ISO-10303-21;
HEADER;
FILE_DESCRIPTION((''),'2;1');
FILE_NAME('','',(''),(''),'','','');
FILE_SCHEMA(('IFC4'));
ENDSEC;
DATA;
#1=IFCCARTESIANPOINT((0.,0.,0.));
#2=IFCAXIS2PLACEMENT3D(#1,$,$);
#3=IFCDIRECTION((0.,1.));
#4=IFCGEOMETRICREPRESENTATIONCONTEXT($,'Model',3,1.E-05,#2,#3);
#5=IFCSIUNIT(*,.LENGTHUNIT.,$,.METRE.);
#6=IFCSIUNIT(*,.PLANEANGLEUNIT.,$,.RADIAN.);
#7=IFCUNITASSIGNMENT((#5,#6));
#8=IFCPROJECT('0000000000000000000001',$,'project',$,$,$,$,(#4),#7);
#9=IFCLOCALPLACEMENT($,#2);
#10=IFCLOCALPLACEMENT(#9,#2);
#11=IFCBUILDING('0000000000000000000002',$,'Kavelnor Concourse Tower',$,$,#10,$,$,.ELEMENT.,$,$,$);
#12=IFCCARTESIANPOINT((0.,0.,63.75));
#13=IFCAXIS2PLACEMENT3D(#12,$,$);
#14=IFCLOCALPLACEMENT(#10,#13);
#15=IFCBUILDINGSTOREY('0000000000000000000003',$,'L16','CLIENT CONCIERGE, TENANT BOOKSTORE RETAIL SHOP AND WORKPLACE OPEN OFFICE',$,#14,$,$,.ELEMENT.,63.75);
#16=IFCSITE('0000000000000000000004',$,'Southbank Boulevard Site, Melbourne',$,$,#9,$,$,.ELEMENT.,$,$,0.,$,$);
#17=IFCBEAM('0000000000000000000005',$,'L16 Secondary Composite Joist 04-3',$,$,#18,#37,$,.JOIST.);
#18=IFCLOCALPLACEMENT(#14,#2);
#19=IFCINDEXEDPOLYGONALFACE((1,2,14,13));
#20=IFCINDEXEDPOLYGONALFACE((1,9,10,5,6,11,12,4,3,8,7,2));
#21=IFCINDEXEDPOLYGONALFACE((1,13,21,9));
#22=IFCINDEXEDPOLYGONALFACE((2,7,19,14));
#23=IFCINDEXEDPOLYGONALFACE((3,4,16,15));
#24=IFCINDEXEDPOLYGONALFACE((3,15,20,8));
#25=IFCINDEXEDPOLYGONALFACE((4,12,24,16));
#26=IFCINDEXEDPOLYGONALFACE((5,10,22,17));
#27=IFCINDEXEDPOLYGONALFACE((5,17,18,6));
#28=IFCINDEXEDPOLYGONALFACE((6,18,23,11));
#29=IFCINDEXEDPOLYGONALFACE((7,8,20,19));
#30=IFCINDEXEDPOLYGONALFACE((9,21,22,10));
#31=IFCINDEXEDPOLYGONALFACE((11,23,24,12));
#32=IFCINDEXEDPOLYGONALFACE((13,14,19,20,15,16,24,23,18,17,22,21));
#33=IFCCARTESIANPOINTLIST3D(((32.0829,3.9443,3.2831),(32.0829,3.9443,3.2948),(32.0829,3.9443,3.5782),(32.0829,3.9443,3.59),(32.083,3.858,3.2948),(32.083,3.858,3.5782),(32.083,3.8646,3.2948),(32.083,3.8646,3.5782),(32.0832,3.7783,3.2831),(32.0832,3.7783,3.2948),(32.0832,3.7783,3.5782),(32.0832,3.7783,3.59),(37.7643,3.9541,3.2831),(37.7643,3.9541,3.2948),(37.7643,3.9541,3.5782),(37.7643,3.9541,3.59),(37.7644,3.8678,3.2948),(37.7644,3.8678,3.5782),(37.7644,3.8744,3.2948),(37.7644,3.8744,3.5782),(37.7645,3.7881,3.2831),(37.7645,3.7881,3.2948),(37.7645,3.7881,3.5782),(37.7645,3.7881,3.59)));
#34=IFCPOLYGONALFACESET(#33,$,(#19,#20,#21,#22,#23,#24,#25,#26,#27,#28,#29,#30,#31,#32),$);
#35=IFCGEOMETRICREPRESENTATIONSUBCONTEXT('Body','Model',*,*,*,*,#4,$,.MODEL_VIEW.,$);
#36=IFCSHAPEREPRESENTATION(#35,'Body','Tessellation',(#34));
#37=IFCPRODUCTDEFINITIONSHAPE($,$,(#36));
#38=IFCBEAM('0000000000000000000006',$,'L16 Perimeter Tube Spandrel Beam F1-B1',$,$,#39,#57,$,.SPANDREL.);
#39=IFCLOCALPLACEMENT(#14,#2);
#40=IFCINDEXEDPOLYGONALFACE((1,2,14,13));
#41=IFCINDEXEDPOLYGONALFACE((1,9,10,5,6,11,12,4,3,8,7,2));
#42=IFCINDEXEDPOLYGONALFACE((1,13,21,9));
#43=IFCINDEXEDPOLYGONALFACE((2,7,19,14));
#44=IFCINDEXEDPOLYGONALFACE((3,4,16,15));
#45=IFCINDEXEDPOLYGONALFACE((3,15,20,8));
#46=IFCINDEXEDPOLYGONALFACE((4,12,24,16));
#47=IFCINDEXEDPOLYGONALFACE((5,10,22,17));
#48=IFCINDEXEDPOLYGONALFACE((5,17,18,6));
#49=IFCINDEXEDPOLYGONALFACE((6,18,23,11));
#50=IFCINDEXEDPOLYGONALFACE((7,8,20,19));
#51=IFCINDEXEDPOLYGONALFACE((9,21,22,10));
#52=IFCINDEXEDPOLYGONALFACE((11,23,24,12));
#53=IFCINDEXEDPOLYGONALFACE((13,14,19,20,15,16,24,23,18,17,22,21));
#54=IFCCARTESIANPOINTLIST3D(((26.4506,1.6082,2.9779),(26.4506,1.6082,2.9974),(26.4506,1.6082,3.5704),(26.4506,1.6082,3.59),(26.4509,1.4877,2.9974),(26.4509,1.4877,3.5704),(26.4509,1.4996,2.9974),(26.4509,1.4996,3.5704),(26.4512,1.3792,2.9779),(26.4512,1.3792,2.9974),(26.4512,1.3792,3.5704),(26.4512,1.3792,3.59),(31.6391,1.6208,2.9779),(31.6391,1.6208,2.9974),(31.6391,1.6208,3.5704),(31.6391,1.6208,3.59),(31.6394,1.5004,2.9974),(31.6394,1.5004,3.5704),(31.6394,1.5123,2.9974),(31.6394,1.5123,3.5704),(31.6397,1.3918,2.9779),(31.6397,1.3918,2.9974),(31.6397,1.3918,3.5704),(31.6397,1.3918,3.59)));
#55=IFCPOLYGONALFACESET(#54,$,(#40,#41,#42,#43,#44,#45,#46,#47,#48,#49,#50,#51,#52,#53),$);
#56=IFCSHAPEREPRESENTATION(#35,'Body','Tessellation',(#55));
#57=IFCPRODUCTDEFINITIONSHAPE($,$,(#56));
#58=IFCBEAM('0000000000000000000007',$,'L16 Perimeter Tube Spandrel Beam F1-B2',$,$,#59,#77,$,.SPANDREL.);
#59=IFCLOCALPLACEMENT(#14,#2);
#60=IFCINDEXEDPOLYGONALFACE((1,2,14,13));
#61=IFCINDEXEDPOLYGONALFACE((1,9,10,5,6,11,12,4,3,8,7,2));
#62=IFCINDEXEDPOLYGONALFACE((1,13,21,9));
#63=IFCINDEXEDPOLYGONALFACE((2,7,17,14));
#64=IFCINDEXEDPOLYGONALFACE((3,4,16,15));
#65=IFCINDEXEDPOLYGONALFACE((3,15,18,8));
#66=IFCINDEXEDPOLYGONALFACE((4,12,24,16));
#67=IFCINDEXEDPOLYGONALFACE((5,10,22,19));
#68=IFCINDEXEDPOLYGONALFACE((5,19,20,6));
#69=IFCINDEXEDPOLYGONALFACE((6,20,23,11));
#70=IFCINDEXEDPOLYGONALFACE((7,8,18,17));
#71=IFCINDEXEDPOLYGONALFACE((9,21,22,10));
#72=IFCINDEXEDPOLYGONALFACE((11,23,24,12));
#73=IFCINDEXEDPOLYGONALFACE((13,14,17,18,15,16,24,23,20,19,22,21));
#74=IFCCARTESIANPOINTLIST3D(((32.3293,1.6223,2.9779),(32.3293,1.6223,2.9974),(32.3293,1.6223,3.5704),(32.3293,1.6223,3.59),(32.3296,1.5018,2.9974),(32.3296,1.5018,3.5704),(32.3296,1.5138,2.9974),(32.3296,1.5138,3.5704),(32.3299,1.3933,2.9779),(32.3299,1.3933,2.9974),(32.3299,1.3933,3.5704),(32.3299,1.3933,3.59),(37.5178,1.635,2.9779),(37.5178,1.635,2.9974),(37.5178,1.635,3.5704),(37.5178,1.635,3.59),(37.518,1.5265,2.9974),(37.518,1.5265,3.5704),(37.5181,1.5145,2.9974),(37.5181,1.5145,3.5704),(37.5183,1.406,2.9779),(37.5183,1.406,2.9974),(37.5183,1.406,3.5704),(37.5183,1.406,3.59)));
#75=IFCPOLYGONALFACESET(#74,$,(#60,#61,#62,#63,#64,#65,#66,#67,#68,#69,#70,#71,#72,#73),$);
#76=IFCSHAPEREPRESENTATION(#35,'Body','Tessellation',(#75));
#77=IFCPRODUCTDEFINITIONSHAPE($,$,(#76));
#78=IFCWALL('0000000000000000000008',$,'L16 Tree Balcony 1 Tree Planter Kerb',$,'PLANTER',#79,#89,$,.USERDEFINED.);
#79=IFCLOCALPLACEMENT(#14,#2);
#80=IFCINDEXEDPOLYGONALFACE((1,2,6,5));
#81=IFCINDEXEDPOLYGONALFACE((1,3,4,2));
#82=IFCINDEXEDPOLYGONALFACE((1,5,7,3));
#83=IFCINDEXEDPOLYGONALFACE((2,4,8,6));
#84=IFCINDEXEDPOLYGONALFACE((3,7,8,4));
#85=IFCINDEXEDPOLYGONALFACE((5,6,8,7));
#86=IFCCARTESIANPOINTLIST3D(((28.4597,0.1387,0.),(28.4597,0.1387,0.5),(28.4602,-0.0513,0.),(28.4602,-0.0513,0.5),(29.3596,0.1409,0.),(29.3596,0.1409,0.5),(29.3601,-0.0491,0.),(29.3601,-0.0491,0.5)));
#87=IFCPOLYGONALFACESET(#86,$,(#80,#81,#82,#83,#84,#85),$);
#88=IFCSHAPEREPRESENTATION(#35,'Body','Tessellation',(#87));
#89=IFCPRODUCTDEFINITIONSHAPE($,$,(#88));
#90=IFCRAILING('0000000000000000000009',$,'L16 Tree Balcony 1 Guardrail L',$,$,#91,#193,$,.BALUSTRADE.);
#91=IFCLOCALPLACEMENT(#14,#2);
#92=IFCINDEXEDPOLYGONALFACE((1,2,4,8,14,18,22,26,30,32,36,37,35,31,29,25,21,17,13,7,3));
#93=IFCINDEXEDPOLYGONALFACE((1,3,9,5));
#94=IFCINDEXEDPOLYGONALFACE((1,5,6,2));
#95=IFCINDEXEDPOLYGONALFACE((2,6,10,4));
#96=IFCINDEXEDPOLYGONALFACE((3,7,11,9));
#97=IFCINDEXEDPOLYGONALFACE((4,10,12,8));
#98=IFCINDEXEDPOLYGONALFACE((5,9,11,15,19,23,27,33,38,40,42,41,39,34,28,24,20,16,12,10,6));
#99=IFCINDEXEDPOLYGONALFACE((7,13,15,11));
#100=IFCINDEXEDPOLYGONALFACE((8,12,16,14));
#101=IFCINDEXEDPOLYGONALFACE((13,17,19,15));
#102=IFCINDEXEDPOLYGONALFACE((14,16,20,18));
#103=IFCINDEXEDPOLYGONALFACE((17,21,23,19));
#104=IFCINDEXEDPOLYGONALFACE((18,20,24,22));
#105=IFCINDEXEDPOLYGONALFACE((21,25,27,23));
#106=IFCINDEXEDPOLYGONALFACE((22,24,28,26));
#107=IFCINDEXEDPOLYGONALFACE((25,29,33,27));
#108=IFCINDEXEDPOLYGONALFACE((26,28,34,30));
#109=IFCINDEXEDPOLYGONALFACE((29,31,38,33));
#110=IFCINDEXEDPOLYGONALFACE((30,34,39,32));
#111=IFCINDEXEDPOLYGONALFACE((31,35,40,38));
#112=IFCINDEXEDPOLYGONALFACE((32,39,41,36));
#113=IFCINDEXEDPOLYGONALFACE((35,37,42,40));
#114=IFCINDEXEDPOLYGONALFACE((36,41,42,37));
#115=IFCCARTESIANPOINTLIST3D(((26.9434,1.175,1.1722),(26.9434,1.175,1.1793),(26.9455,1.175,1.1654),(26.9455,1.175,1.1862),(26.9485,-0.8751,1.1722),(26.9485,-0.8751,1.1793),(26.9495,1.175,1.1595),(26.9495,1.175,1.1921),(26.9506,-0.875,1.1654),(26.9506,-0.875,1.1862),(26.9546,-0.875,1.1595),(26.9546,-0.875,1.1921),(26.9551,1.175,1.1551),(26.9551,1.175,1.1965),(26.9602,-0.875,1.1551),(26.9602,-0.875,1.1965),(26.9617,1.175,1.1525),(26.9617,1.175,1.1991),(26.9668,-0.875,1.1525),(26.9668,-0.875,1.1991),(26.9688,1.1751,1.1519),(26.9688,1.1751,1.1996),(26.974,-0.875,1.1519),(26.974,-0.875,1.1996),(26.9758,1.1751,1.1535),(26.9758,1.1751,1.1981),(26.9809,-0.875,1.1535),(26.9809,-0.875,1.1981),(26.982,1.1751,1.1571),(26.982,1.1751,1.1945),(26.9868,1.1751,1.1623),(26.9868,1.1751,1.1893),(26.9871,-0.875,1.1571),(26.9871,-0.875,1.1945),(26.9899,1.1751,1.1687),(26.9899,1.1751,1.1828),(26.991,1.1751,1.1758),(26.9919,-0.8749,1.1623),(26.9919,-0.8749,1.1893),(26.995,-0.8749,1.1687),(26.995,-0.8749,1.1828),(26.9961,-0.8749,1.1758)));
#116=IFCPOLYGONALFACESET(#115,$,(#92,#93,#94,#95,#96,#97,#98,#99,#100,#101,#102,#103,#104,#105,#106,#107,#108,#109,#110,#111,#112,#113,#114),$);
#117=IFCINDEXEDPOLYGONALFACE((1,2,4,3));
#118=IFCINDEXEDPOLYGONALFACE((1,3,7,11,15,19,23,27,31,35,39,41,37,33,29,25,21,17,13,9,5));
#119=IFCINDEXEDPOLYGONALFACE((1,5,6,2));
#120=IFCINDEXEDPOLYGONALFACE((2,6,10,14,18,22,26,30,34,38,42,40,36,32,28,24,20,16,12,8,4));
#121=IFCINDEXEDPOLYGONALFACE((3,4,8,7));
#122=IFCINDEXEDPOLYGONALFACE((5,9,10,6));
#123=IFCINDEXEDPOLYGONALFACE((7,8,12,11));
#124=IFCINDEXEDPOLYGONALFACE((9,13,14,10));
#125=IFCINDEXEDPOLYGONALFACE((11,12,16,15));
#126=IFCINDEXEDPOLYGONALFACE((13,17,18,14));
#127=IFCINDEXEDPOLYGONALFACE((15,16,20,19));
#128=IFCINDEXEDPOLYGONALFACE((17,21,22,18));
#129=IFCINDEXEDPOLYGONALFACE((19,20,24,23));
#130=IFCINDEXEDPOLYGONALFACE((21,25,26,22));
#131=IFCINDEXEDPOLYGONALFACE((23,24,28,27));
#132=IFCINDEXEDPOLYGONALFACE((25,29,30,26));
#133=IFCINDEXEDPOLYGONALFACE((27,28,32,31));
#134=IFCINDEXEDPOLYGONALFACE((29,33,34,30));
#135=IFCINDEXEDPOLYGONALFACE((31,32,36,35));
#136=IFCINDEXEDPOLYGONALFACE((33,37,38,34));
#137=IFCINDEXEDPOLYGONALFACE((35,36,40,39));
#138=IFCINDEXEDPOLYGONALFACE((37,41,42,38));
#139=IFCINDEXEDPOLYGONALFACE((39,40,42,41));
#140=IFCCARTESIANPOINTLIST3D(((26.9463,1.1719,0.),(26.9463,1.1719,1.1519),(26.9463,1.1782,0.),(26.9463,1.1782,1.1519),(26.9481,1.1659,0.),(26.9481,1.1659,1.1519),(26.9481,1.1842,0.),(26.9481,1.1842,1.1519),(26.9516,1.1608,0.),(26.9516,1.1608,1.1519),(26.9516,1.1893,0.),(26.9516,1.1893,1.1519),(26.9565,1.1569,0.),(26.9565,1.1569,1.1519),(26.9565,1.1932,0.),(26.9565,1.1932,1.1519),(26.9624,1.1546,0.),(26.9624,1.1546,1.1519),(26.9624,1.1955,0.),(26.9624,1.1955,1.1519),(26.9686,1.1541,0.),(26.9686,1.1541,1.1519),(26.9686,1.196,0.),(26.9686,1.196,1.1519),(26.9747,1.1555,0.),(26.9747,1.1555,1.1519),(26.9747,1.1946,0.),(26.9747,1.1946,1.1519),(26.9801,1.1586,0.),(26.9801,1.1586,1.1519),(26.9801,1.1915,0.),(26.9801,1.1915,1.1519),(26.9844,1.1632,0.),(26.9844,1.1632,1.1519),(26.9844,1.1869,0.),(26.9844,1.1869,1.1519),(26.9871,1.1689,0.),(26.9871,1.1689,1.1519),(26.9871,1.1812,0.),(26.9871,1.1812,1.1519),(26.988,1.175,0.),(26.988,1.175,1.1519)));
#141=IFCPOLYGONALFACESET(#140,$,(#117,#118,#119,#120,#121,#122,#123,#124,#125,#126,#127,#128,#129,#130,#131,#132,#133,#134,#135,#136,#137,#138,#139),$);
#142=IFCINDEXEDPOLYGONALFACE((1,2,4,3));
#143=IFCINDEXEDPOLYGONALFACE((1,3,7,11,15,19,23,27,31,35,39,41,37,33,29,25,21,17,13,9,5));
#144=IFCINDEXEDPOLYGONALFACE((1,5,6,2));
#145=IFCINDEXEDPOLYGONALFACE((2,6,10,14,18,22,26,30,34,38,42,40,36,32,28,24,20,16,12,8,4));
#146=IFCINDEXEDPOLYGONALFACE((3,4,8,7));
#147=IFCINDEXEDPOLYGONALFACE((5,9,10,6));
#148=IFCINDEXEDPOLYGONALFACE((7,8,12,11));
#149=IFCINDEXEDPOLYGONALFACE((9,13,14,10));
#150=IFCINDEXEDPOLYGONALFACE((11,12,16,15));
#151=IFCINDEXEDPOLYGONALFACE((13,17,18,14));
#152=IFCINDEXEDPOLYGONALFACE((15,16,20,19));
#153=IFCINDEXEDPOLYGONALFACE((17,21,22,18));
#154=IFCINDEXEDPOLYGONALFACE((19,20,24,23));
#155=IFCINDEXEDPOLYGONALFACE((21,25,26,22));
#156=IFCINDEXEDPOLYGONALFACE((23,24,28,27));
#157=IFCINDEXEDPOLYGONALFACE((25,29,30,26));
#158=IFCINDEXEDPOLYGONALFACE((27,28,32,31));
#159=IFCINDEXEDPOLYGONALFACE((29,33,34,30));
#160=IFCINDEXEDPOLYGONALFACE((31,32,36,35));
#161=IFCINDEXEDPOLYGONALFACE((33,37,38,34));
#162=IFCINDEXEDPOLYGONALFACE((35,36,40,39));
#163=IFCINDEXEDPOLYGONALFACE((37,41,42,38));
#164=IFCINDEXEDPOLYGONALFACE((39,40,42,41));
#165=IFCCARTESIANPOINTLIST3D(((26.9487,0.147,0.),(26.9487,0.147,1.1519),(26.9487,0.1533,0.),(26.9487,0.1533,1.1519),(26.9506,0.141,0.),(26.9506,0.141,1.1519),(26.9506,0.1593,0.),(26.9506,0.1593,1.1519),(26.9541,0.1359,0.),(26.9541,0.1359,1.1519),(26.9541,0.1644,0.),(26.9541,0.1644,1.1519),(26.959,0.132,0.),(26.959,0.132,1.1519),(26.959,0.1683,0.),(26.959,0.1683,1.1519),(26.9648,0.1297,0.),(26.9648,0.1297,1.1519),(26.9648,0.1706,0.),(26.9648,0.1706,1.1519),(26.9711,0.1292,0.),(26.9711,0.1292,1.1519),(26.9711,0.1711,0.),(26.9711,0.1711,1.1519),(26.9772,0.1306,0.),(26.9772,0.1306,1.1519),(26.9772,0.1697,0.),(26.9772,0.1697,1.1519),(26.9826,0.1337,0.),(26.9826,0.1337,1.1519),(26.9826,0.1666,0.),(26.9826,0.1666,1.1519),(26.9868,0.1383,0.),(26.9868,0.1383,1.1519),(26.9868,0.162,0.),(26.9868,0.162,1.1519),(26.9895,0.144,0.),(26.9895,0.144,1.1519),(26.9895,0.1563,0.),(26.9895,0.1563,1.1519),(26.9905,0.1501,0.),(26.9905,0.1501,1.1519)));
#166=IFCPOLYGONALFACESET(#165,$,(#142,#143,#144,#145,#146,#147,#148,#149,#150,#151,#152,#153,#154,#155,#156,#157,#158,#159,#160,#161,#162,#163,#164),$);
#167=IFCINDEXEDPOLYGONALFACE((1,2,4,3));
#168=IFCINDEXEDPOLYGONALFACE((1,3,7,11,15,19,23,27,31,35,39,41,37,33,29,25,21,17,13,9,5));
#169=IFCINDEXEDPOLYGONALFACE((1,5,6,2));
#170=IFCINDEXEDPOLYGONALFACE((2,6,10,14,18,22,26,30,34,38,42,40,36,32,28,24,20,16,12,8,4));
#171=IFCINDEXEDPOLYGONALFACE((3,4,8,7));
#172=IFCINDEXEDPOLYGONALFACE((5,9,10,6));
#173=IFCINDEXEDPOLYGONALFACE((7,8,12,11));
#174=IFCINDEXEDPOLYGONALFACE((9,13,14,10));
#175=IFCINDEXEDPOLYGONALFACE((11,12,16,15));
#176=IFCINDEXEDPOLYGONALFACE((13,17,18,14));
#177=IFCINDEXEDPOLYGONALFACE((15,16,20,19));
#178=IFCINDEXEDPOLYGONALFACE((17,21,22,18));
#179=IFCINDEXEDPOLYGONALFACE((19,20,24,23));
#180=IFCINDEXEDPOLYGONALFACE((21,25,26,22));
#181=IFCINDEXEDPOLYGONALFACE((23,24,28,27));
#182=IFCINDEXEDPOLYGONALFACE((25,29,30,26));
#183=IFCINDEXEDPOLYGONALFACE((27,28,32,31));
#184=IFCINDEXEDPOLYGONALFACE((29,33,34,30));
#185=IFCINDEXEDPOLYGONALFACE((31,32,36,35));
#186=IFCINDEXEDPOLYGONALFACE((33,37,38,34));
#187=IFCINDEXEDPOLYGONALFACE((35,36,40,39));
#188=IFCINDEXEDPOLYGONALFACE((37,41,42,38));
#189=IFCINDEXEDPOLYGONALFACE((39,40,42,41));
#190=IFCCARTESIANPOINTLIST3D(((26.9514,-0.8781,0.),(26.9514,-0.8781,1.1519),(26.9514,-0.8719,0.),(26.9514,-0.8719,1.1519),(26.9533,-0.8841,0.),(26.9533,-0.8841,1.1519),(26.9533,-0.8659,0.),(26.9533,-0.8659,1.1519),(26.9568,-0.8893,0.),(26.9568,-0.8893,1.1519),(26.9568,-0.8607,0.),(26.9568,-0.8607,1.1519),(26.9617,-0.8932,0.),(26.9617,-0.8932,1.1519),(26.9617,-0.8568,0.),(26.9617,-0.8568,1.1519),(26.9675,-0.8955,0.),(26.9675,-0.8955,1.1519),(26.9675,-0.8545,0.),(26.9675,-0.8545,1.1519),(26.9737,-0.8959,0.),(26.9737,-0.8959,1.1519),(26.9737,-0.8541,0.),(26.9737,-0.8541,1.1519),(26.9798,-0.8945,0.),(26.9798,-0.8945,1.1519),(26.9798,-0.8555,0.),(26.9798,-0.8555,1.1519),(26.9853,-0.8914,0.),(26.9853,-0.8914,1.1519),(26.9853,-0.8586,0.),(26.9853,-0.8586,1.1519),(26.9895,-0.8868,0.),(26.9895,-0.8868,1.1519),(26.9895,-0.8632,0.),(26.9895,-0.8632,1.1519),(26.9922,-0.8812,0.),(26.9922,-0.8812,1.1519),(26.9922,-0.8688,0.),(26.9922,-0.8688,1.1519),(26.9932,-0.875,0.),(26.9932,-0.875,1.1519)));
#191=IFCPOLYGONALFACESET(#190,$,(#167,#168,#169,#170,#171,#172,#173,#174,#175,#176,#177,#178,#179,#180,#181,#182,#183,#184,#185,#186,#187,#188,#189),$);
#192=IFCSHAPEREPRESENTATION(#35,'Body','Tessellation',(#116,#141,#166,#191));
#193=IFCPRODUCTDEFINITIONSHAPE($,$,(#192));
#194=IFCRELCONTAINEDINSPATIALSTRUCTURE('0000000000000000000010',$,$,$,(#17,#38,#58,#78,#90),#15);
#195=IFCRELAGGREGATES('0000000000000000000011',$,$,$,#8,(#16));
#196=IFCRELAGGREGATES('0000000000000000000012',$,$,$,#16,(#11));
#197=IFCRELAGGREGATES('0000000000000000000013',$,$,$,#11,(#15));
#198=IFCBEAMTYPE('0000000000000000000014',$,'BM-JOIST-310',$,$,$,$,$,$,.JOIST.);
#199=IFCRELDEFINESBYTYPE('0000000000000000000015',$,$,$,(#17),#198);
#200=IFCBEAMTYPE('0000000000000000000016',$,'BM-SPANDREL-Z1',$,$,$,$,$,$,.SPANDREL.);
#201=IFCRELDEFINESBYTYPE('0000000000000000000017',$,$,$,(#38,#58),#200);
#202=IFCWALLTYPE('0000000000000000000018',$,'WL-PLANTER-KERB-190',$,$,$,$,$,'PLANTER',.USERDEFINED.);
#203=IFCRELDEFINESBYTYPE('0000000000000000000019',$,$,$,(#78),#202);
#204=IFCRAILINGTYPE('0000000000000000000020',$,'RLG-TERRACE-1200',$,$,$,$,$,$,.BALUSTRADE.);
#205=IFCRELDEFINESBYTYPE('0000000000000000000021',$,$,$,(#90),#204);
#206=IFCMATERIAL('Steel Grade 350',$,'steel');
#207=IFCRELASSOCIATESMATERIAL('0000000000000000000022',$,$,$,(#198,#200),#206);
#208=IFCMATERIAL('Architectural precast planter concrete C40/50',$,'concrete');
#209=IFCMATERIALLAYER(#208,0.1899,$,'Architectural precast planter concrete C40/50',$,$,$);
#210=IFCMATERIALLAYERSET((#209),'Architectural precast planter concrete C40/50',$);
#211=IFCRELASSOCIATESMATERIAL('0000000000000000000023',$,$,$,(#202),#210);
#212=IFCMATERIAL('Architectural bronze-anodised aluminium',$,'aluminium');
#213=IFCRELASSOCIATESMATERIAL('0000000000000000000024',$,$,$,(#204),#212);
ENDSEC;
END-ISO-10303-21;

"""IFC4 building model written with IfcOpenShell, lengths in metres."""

from ifc_helpers import new_model, si_unit, direction, frame, frame_2d, origin, origin_2d, place, context, subcontext, project, spatial, rectangle, circle, i_section, extrude, material, layer, layer_set, material_profile, profile_set, type_object, element, save


model = new_model("IFC4")

# Units and contexts
model_context = context("Model", 3, precision=1e-05, world=origin(), true_north=direction((0.0, 1.0)))
body_context = subcontext(model_context, "Body", "Model", "MODEL_VIEW")
ifc_project = project(units=[si_unit("LENGTHUNIT", "METRE"), si_unit("PLANEANGLEUNIT", "RADIAN")], contexts=[model_context])

# Site, building, storey
site_placement = place(None, origin())
site = spatial("IfcSite", under=ifc_project, at=site_placement, Name="Southbank Boulevard Site, Melbourne", CompositionType="ELEMENT", RefElevation=0.0)
building_placement = place(site_placement, origin())
building = spatial("IfcBuilding", under=site, at=building_placement, Name="Kavelnor Concourse Tower", CompositionType="ELEMENT")
storey_placement = place(building_placement, frame((0.0, 0.0, 63.75)))
storey = spatial("IfcBuildingStorey", under=building, at=storey_placement, Name="L16", Description="CLIENT CONCIERGE, TENANT BOOKSTORE RETAIL SHOP AND WORKPLACE OPEN OFFICE", CompositionType="ELEMENT", Elevation=63.75)

# Shared definitions
ifc_material_1 = material(Name="Steel Grade 350", Category="steel")

# Beams
ifc_material_profile_1 = material_profile(ifc_material_1, i_section(OverallWidth=0.166, OverallDepth=0.3069, WebThickness=0.0066, FlangeThickness=0.0117, at=origin_2d()), Name="310UB46")
ifc_profile_set_1 = profile_set([ifc_material_profile_1], Name="Steel Grade 350")
beam_type_1 = type_object("IfcBeamType", Name="BM-JOIST-310", PredefinedType="JOIST", material=ifc_profile_set_1)
for number, where, z_axis, x_axis, name in (
    (1, (32.083, 3.8613, 3.4365), (0.999999, 0.001719, 0.0), (-0.001719, 0.999999, 0.0), "L16 Secondary Composite Joist 04-3"),
):
    element("IfcBeam", number, at=place(storey_placement, frame(where, z_axis=z_axis, x_axis=x_axis)), inside=storey, type_object=beam_type_1, Name=name, PredefinedType="JOIST", context=body_context, shape_type="SweptSolid", body=[
        extrude(i_section(OverallWidth=0.166, OverallDepth=0.3069, WebThickness=0.0066, FlangeThickness=0.0117, at=origin_2d()), origin(), (0.0, 0.0, 1.0), 5.6814),
    ])
ifc_material_profile_2 = material_profile(ifc_material_1, i_section(OverallWidth=0.229, OverallDepth=0.6121, WebThickness=0.012, FlangeThickness=0.0195, at=origin_2d()), Name="610UB125")
ifc_profile_set_2 = profile_set([ifc_material_profile_2], Name="Steel Grade 350")
beam_type_2 = type_object("IfcBeamType", Name="BM-SPANDREL-Z1", PredefinedType="SPANDREL", material=ifc_profile_set_2)
for number, where, z_axis, x_axis, name in (
    (2, (26.4509, 1.4937, 3.2839), (0.999997, 0.002447, 0.0), (-0.002447, 0.999997, 0.0), "L16 Perimeter Tube Spandrel Beam F1-B1"),
    (3, (32.3296, 1.5078, 3.2839), (0.999997, 0.002447, 0.0), (-0.002447, 0.999997, 0.0), "L16 Perimeter Tube Spandrel Beam F1-B2"),
):
    element("IfcBeam", number, at=place(storey_placement, frame(where, z_axis=z_axis, x_axis=x_axis)), inside=storey, type_object=beam_type_2, Name=name, PredefinedType="SPANDREL", context=body_context, shape_type="SweptSolid", body=[
        extrude(i_section(OverallWidth=0.229, OverallDepth=0.6121, WebThickness=0.012, FlangeThickness=0.0195, at=origin_2d()), origin(), (0.0, 0.0, 1.0), 5.1885),
    ])

# Wall
ifc_material_2 = material(Name="Architectural precast planter concrete C40/50", Category="concrete")
ifc_layer = layer(ifc_material_2, 0.1899, Name="Architectural precast planter concrete C40/50")
ifc_layer_set = layer_set([ifc_layer], Name="Architectural precast planter concrete C40/50")
wall_type = type_object("IfcWallType", Name="WL-PLANTER-KERB-190", ElementType="PLANTER", PredefinedType="USERDEFINED", material=ifc_layer_set)
wall_placement = place(storey_placement, frame((28.46, 0.0437, 0.0), z_axis=(0.0, 0.0, 1.0), x_axis=(0.999997, 0.002442, 0.0)))
element("IfcWall", 4, at=wall_placement, inside=storey, type_object=wall_type, Name="L16 Tree Balcony 1 Tree Planter Kerb", ObjectType="PLANTER", PredefinedType="USERDEFINED", context=body_context, shape_type="SweptSolid", body=[
    extrude(rectangle(XDim=0.8999, YDim=0.1899, at=frame_2d((0.45, 0.0))), origin(), (0.0, 0.0, 1.0), 0.5),
])

# Railing
ifc_material_3 = material(Name="Architectural bronze-anodised aluminium", Category="aluminium")
railing_type = type_object("IfcRailingType", Name="RLG-TERRACE-1200", PredefinedType="BALUSTRADE", material=ifc_material_3)
railing_1_placement = place(storey_placement, frame((26.967, 1.175, 0.0)))
element("IfcRailing", 5, at=railing_1_placement, inside=storey, type_object=railing_type, Name="L16 Tree Balcony 1 Guardrail L", PredefinedType="BALUSTRADE", context=body_context, shape_type="SweptSolid", body=[
    extrude(circle(Radius=0.0239, at=origin_2d()), frame((0.0, 0.0, 1.1758), z_axis=(0.002501, -0.999997, 0.0), x_axis=(0.999997, 0.002501, 0.0)), (0.0, 0.0, 1.0), 2.05),
    extrude(circle(Radius=0.021, at=origin_2d()), origin(), (0.0, 0.0, 1.0), 1.1519),
    extrude(circle(Radius=0.021, at=origin_2d()), frame((0.0024, -1.0249, 0.0)), (0.0, 0.0, 1.0), 1.1519),
    extrude(circle(Radius=0.021, at=origin_2d()), frame((0.0051, -2.05, 0.0)), (0.0, 0.0, 1.0), 1.1519),
])

save(model, "model.ifc")
